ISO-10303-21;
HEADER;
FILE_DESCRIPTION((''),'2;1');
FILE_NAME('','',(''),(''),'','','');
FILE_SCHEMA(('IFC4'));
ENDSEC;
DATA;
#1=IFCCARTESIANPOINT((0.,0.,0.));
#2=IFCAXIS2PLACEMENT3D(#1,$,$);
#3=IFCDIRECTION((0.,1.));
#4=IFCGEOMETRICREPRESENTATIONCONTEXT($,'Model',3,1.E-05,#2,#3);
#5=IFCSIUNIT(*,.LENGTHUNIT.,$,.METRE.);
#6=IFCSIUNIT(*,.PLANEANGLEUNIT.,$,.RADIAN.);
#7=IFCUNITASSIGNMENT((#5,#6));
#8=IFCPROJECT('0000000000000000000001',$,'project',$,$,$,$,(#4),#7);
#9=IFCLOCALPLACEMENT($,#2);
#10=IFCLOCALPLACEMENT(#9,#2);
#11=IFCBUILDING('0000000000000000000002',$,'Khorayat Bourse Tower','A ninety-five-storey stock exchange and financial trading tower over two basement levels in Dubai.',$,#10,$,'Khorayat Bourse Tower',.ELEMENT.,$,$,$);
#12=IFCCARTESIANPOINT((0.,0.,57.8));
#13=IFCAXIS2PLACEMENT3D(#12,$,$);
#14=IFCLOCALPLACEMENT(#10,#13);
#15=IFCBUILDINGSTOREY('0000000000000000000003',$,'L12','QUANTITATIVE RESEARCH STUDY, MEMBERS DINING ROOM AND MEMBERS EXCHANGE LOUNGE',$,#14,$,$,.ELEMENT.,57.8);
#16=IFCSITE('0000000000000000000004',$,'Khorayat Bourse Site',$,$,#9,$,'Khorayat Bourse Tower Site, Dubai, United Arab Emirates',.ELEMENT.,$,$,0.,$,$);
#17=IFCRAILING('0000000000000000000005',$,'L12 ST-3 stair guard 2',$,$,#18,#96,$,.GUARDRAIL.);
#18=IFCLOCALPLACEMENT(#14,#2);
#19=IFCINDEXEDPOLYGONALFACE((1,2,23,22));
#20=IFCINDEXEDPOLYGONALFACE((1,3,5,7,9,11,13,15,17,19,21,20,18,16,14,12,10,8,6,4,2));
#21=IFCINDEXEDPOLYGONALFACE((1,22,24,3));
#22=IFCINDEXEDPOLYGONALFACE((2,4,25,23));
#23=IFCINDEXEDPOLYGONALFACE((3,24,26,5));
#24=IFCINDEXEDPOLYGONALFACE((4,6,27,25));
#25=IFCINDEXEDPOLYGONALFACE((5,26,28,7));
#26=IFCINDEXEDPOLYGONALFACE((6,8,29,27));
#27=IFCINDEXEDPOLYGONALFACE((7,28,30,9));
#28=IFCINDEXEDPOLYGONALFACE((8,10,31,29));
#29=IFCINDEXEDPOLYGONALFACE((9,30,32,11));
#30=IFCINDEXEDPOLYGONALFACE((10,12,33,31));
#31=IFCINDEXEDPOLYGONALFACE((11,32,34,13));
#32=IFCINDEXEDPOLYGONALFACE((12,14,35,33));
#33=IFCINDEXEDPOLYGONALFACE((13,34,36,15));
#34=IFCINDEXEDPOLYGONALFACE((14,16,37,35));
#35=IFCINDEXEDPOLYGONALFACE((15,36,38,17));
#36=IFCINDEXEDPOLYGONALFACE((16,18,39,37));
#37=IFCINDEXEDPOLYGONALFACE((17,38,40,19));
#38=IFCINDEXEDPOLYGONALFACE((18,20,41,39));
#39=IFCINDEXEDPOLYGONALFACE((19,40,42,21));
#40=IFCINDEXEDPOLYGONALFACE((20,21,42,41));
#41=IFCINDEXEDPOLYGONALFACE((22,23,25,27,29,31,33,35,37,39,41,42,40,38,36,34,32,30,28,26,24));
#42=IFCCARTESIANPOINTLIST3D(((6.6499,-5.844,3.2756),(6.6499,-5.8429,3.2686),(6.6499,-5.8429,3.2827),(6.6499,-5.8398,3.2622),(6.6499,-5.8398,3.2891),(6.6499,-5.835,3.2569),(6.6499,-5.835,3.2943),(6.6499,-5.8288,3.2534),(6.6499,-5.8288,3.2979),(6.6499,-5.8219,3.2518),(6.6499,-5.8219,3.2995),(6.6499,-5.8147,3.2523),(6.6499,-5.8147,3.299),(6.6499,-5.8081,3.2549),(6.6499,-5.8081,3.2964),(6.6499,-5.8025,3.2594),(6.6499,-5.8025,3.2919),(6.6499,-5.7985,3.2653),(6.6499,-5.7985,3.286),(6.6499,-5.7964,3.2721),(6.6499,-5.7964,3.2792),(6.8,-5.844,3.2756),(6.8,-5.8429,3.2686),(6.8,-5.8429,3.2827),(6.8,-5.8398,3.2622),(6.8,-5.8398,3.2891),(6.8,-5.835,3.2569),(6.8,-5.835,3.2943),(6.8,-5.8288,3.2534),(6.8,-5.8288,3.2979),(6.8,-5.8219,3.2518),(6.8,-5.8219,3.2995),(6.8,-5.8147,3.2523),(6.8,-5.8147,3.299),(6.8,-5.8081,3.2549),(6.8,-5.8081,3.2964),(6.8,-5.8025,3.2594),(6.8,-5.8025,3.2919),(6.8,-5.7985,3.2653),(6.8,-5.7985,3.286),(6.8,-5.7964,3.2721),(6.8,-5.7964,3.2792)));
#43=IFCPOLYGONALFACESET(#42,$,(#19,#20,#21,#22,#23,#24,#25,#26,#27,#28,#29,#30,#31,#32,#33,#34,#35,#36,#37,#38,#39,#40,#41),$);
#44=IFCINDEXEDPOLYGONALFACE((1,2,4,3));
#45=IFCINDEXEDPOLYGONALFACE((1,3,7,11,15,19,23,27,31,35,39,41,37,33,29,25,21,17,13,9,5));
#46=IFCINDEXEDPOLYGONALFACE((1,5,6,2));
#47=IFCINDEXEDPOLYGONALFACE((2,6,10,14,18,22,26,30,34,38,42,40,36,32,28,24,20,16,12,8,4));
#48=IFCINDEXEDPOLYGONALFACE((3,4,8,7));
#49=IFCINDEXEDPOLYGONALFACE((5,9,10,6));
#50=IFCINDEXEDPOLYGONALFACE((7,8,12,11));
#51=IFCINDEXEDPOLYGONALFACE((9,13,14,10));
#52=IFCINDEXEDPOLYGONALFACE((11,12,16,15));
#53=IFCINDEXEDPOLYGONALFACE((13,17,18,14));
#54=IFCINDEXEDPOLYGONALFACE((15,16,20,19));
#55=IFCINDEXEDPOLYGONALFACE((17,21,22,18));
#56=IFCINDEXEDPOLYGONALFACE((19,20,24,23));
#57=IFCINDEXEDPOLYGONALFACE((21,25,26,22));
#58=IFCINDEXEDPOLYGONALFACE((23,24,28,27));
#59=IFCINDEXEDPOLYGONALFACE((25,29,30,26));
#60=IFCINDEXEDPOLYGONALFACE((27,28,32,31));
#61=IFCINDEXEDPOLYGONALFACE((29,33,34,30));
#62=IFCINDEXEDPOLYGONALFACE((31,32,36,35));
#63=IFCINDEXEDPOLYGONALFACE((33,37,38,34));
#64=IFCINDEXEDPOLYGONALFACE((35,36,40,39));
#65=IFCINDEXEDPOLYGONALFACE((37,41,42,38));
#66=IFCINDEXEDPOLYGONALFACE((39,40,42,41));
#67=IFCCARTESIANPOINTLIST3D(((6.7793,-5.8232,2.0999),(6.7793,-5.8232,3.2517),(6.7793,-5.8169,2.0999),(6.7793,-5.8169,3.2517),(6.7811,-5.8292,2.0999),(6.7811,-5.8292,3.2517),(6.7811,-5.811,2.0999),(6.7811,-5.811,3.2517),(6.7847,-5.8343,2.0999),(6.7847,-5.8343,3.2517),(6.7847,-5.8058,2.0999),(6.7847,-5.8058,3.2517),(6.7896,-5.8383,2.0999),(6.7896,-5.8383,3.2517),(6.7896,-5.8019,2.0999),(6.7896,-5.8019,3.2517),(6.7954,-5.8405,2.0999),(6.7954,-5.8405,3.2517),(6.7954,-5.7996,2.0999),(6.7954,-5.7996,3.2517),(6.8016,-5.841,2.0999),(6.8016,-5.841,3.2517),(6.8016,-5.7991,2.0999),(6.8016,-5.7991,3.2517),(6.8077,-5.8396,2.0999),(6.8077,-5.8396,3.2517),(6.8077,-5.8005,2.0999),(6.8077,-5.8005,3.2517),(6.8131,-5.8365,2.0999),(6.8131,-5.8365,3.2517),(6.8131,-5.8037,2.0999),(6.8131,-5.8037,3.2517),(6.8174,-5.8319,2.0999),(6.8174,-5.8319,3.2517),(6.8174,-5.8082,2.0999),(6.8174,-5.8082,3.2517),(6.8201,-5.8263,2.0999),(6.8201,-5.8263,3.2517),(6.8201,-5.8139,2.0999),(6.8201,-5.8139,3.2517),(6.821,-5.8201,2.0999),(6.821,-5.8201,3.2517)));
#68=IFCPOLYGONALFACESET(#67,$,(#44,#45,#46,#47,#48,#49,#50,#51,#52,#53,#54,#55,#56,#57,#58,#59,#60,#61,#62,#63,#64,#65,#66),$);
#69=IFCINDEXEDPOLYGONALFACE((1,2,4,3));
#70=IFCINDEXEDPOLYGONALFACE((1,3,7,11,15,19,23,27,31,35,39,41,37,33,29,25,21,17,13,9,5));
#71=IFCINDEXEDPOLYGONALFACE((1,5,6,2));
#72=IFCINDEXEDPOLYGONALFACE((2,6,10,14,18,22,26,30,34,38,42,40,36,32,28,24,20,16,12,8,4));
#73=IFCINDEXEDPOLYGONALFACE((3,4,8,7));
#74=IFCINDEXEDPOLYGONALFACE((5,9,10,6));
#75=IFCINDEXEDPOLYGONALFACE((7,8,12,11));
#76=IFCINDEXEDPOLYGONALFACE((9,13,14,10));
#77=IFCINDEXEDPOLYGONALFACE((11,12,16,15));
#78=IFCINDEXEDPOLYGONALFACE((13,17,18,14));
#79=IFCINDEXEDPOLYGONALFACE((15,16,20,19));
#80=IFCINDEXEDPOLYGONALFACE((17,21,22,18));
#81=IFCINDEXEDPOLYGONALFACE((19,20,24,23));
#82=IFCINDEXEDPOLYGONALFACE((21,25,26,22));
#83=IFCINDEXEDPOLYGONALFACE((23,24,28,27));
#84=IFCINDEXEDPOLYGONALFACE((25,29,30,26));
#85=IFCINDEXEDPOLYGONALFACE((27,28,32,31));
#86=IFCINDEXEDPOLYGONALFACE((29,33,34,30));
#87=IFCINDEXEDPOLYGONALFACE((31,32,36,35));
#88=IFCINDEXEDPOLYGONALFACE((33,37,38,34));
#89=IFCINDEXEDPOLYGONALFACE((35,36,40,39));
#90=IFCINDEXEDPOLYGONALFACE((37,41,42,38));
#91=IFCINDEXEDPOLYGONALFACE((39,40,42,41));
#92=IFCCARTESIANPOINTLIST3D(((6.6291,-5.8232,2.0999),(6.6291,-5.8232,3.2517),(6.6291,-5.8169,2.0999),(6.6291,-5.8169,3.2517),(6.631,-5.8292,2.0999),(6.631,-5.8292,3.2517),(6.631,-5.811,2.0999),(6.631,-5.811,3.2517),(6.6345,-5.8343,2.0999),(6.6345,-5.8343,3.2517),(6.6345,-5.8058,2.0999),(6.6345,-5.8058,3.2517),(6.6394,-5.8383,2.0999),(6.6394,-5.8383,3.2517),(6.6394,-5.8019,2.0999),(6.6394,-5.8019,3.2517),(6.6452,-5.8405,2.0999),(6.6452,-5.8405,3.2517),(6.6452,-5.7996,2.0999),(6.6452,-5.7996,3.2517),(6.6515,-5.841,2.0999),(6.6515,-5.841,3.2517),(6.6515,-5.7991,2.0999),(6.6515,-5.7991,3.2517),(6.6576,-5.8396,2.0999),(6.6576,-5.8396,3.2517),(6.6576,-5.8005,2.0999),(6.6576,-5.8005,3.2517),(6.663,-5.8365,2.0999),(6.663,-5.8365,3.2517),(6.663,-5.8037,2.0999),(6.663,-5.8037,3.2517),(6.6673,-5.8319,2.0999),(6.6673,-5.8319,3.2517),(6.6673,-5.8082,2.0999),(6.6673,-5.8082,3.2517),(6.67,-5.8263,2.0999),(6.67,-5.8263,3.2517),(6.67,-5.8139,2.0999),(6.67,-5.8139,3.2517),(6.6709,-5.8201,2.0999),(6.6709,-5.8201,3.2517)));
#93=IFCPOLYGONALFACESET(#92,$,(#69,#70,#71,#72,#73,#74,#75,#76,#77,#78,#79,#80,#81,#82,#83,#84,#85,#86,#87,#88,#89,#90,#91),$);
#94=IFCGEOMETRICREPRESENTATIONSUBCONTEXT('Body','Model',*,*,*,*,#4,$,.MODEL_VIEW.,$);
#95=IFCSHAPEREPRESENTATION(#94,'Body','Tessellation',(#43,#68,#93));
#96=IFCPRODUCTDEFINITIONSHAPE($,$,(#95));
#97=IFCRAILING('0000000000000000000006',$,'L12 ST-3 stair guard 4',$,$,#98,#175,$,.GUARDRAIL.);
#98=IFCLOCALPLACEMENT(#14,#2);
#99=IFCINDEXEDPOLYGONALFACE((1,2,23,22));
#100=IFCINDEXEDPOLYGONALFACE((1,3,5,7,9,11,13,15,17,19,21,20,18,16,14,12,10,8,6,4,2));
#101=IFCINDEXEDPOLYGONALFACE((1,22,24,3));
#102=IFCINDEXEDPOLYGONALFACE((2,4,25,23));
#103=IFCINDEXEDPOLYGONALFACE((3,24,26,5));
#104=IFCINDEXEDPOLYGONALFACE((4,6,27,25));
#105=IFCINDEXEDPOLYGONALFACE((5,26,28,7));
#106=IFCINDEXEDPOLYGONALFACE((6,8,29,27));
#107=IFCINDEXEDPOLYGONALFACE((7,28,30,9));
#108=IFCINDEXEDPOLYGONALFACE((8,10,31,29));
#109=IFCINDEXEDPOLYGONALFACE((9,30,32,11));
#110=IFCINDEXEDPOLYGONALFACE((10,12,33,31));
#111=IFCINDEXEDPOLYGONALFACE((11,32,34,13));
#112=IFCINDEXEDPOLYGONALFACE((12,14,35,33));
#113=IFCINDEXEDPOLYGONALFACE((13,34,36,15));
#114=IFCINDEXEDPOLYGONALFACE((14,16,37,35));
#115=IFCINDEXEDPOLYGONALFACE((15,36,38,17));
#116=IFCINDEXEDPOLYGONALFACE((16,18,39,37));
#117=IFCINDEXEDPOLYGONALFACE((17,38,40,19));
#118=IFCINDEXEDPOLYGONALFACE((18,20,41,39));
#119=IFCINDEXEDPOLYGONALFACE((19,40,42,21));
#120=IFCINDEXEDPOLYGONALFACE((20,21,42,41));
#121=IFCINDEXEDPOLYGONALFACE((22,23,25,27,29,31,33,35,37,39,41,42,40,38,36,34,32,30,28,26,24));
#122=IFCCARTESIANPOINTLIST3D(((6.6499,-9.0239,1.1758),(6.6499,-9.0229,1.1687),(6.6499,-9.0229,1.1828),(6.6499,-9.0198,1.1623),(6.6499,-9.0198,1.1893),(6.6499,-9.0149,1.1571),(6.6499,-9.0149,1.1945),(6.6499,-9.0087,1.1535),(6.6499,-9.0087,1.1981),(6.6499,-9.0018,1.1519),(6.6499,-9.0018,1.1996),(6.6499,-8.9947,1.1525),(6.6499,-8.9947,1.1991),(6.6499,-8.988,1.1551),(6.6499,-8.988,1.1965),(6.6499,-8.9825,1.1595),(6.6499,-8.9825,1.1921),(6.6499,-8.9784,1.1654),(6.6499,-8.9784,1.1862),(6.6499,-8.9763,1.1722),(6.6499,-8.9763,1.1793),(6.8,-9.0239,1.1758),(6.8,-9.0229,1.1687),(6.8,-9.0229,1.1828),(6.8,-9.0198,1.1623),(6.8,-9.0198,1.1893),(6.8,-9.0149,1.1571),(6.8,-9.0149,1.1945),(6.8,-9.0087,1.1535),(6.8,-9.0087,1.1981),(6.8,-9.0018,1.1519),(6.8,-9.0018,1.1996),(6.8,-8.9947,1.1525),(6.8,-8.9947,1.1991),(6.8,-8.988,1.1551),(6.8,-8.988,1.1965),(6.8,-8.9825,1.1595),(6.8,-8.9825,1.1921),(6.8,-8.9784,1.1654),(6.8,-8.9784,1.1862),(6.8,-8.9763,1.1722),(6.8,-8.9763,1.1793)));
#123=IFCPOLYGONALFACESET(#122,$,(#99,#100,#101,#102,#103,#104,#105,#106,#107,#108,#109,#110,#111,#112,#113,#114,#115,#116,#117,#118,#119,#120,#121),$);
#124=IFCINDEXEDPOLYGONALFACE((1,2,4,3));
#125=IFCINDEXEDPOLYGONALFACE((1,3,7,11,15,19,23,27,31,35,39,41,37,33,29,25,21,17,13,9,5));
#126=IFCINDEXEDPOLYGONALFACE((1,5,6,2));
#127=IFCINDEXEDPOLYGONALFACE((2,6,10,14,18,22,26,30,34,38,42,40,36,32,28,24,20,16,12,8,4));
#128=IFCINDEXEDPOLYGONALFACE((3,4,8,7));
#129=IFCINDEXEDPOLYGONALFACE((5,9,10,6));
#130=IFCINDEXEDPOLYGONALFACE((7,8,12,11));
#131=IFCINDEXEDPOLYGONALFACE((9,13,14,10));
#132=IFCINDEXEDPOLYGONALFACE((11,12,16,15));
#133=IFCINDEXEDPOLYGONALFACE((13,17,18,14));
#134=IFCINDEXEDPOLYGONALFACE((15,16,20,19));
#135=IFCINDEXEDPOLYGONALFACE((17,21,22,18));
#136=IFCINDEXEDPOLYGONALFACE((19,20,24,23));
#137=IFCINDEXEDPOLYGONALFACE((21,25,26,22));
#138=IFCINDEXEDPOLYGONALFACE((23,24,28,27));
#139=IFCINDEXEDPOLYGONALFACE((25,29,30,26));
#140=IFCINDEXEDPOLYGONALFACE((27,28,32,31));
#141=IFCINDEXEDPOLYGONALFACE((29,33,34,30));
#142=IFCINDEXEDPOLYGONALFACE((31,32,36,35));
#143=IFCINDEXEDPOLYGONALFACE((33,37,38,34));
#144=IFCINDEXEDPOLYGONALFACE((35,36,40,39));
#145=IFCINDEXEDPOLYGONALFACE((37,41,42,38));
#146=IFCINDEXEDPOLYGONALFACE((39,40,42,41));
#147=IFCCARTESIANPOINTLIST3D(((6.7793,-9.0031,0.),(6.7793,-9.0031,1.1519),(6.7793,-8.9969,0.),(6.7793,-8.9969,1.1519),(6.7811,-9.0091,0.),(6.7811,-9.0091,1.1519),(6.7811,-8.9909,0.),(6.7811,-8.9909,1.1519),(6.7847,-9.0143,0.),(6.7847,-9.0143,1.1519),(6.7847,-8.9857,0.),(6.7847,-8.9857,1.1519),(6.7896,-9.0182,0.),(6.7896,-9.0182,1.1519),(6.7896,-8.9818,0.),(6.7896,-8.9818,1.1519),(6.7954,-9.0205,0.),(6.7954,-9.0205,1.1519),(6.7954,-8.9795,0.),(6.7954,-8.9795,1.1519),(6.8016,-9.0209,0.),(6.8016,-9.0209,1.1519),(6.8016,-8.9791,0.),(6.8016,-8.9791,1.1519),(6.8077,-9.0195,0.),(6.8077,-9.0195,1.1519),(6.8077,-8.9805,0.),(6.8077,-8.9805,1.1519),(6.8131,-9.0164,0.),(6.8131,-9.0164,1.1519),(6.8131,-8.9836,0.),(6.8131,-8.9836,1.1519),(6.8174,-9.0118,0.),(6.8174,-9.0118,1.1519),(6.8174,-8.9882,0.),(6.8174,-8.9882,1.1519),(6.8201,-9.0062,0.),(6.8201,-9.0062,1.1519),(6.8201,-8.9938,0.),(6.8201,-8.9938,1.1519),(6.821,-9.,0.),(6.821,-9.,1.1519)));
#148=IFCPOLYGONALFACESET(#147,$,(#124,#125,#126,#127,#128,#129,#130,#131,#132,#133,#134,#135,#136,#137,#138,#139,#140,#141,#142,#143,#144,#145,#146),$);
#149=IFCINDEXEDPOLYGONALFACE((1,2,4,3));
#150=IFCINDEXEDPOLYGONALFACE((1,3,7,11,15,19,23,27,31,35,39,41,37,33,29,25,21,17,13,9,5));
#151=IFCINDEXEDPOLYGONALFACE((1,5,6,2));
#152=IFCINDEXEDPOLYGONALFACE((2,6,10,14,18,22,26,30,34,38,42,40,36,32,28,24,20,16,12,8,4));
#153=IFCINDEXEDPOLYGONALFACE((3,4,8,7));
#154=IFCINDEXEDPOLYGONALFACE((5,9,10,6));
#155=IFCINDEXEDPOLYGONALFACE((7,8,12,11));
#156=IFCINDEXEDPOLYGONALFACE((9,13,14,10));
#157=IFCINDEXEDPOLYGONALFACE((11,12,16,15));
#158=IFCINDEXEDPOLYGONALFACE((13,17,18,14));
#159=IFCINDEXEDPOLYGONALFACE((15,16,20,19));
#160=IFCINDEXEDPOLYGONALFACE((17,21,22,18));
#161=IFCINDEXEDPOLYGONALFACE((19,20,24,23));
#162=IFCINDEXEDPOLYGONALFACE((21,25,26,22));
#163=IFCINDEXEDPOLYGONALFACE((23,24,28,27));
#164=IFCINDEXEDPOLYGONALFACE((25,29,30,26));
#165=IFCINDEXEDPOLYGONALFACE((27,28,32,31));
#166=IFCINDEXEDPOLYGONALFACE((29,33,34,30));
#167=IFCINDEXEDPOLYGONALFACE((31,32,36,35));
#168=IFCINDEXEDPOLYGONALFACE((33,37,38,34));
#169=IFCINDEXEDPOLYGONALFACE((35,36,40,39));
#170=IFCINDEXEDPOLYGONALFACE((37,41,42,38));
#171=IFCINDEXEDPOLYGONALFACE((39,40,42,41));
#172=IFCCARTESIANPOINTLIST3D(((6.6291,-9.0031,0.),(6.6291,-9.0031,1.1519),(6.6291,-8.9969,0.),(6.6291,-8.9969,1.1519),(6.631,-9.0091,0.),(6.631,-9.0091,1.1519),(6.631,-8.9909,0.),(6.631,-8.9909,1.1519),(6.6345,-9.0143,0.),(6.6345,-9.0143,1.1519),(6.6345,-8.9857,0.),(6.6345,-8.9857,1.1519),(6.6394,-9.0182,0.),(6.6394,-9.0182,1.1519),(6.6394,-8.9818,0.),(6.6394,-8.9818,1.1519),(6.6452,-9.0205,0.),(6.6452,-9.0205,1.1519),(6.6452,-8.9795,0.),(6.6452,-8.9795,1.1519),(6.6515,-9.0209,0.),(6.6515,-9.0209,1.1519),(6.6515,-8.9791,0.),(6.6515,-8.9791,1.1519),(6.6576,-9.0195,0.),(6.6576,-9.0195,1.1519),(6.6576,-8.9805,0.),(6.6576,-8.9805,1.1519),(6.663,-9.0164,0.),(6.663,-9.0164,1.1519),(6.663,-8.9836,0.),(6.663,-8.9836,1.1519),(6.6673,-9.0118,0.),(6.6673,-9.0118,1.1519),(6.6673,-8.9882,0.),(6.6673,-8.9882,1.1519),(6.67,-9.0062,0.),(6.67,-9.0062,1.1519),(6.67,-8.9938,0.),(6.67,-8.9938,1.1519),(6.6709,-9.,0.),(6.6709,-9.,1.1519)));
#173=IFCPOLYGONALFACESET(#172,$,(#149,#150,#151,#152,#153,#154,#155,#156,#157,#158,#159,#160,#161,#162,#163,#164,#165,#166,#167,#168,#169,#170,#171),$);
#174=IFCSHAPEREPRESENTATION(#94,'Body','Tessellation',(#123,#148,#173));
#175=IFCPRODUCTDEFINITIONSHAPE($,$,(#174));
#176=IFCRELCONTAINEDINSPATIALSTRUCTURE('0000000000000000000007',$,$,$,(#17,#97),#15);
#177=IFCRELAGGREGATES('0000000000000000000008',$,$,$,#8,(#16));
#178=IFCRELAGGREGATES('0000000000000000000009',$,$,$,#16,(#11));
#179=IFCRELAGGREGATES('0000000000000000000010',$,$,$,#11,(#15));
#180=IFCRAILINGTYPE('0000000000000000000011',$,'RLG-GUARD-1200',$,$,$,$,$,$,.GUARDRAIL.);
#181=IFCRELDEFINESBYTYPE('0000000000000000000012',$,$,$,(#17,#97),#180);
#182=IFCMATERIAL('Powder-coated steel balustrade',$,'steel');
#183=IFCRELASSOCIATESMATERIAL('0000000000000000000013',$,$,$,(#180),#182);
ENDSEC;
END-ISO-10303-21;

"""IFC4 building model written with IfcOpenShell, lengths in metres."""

from ifc_helpers import new_model, si_unit, direction, frame, origin, origin_2d, place, context, subcontext, project, spatial, circle, extrude, source, transform, mapped, material, type_object, element, save


model = new_model("IFC4")

# Units and contexts
model_context = context("Model", 3, precision=1e-05, world=origin(), true_north=direction((0.0, 1.0)))
body_context = subcontext(model_context, "Body", "Model", "MODEL_VIEW")
ifc_project = project(units=[si_unit("LENGTHUNIT", "METRE"), si_unit("PLANEANGLEUNIT", "RADIAN")], contexts=[model_context])

# Site, building, storey
site_placement = place(None, origin())
site = spatial("IfcSite", under=ifc_project, at=site_placement, Name="Khorayat Bourse Site", LongName="Khorayat Bourse Tower Site, Dubai, United Arab Emirates", CompositionType="ELEMENT", RefElevation=0.0)
building_placement = place(site_placement, origin())
building = spatial("IfcBuilding", under=site, at=building_placement, Name="Khorayat Bourse Tower", Description="A ninety-five-storey stock exchange and financial trading tower over two basement levels in Dubai.", LongName="Khorayat Bourse Tower", CompositionType="ELEMENT")
storey_placement = place(building_placement, frame((0.0, 0.0, 57.8)))
storey = spatial("IfcBuildingStorey", under=building, at=storey_placement, Name="L12", Description="QUANTITATIVE RESEARCH STUDY, MEMBERS DINING ROOM AND MEMBERS EXCHANGE LOUNGE", CompositionType="ELEMENT", Elevation=57.8)

# Railings
ifc_material_1 = material(Name="Powder-coated steel balustrade", Category="steel")
railing_type_1 = type_object("IfcRailingType", Name="RLG-GUARD-1200", PredefinedType="GUARDRAIL", material=ifc_material_1)
shared_shape_1 = source(origin(), body_context, "Body", "SweptSolid", [
    extrude(circle(Radius=0.0239, at=origin_2d()), frame((0.0, 0.0, 1.1758), z_axis=(-1.0, 0.0, 0.0), x_axis=(0.0, -1.0, 0.0)), (0.0, 0.0, 1.0), 0.1501),
    extrude(circle(Radius=0.021, at=origin_2d()), origin(), (0.0, 0.0, 1.0), 1.1519),
    extrude(circle(Radius=0.021, at=origin_2d()), frame((-0.1501, 0.0, 0.0)), (0.0, 0.0, 1.0), 1.1519),
])
for number, where, name in (
    (1, (6.8, -5.8201, 2.0999), "L12 ST-3 stair guard 2"),
    (2, (6.8, -9.0, 0.0), "L12 ST-3 stair guard 4"),
):
    element("IfcRailing", number, at=place(storey_placement, frame(where)), inside=storey, type_object=railing_type_1, Name=name, PredefinedType="GUARDRAIL", context=body_context, shape_type="MappedRepresentation", body=[
        mapped(shared_shape_1, transform((0.0, 0.0, 0.0), scale=1.0)),
    ])

save(model, "model.ifc")
